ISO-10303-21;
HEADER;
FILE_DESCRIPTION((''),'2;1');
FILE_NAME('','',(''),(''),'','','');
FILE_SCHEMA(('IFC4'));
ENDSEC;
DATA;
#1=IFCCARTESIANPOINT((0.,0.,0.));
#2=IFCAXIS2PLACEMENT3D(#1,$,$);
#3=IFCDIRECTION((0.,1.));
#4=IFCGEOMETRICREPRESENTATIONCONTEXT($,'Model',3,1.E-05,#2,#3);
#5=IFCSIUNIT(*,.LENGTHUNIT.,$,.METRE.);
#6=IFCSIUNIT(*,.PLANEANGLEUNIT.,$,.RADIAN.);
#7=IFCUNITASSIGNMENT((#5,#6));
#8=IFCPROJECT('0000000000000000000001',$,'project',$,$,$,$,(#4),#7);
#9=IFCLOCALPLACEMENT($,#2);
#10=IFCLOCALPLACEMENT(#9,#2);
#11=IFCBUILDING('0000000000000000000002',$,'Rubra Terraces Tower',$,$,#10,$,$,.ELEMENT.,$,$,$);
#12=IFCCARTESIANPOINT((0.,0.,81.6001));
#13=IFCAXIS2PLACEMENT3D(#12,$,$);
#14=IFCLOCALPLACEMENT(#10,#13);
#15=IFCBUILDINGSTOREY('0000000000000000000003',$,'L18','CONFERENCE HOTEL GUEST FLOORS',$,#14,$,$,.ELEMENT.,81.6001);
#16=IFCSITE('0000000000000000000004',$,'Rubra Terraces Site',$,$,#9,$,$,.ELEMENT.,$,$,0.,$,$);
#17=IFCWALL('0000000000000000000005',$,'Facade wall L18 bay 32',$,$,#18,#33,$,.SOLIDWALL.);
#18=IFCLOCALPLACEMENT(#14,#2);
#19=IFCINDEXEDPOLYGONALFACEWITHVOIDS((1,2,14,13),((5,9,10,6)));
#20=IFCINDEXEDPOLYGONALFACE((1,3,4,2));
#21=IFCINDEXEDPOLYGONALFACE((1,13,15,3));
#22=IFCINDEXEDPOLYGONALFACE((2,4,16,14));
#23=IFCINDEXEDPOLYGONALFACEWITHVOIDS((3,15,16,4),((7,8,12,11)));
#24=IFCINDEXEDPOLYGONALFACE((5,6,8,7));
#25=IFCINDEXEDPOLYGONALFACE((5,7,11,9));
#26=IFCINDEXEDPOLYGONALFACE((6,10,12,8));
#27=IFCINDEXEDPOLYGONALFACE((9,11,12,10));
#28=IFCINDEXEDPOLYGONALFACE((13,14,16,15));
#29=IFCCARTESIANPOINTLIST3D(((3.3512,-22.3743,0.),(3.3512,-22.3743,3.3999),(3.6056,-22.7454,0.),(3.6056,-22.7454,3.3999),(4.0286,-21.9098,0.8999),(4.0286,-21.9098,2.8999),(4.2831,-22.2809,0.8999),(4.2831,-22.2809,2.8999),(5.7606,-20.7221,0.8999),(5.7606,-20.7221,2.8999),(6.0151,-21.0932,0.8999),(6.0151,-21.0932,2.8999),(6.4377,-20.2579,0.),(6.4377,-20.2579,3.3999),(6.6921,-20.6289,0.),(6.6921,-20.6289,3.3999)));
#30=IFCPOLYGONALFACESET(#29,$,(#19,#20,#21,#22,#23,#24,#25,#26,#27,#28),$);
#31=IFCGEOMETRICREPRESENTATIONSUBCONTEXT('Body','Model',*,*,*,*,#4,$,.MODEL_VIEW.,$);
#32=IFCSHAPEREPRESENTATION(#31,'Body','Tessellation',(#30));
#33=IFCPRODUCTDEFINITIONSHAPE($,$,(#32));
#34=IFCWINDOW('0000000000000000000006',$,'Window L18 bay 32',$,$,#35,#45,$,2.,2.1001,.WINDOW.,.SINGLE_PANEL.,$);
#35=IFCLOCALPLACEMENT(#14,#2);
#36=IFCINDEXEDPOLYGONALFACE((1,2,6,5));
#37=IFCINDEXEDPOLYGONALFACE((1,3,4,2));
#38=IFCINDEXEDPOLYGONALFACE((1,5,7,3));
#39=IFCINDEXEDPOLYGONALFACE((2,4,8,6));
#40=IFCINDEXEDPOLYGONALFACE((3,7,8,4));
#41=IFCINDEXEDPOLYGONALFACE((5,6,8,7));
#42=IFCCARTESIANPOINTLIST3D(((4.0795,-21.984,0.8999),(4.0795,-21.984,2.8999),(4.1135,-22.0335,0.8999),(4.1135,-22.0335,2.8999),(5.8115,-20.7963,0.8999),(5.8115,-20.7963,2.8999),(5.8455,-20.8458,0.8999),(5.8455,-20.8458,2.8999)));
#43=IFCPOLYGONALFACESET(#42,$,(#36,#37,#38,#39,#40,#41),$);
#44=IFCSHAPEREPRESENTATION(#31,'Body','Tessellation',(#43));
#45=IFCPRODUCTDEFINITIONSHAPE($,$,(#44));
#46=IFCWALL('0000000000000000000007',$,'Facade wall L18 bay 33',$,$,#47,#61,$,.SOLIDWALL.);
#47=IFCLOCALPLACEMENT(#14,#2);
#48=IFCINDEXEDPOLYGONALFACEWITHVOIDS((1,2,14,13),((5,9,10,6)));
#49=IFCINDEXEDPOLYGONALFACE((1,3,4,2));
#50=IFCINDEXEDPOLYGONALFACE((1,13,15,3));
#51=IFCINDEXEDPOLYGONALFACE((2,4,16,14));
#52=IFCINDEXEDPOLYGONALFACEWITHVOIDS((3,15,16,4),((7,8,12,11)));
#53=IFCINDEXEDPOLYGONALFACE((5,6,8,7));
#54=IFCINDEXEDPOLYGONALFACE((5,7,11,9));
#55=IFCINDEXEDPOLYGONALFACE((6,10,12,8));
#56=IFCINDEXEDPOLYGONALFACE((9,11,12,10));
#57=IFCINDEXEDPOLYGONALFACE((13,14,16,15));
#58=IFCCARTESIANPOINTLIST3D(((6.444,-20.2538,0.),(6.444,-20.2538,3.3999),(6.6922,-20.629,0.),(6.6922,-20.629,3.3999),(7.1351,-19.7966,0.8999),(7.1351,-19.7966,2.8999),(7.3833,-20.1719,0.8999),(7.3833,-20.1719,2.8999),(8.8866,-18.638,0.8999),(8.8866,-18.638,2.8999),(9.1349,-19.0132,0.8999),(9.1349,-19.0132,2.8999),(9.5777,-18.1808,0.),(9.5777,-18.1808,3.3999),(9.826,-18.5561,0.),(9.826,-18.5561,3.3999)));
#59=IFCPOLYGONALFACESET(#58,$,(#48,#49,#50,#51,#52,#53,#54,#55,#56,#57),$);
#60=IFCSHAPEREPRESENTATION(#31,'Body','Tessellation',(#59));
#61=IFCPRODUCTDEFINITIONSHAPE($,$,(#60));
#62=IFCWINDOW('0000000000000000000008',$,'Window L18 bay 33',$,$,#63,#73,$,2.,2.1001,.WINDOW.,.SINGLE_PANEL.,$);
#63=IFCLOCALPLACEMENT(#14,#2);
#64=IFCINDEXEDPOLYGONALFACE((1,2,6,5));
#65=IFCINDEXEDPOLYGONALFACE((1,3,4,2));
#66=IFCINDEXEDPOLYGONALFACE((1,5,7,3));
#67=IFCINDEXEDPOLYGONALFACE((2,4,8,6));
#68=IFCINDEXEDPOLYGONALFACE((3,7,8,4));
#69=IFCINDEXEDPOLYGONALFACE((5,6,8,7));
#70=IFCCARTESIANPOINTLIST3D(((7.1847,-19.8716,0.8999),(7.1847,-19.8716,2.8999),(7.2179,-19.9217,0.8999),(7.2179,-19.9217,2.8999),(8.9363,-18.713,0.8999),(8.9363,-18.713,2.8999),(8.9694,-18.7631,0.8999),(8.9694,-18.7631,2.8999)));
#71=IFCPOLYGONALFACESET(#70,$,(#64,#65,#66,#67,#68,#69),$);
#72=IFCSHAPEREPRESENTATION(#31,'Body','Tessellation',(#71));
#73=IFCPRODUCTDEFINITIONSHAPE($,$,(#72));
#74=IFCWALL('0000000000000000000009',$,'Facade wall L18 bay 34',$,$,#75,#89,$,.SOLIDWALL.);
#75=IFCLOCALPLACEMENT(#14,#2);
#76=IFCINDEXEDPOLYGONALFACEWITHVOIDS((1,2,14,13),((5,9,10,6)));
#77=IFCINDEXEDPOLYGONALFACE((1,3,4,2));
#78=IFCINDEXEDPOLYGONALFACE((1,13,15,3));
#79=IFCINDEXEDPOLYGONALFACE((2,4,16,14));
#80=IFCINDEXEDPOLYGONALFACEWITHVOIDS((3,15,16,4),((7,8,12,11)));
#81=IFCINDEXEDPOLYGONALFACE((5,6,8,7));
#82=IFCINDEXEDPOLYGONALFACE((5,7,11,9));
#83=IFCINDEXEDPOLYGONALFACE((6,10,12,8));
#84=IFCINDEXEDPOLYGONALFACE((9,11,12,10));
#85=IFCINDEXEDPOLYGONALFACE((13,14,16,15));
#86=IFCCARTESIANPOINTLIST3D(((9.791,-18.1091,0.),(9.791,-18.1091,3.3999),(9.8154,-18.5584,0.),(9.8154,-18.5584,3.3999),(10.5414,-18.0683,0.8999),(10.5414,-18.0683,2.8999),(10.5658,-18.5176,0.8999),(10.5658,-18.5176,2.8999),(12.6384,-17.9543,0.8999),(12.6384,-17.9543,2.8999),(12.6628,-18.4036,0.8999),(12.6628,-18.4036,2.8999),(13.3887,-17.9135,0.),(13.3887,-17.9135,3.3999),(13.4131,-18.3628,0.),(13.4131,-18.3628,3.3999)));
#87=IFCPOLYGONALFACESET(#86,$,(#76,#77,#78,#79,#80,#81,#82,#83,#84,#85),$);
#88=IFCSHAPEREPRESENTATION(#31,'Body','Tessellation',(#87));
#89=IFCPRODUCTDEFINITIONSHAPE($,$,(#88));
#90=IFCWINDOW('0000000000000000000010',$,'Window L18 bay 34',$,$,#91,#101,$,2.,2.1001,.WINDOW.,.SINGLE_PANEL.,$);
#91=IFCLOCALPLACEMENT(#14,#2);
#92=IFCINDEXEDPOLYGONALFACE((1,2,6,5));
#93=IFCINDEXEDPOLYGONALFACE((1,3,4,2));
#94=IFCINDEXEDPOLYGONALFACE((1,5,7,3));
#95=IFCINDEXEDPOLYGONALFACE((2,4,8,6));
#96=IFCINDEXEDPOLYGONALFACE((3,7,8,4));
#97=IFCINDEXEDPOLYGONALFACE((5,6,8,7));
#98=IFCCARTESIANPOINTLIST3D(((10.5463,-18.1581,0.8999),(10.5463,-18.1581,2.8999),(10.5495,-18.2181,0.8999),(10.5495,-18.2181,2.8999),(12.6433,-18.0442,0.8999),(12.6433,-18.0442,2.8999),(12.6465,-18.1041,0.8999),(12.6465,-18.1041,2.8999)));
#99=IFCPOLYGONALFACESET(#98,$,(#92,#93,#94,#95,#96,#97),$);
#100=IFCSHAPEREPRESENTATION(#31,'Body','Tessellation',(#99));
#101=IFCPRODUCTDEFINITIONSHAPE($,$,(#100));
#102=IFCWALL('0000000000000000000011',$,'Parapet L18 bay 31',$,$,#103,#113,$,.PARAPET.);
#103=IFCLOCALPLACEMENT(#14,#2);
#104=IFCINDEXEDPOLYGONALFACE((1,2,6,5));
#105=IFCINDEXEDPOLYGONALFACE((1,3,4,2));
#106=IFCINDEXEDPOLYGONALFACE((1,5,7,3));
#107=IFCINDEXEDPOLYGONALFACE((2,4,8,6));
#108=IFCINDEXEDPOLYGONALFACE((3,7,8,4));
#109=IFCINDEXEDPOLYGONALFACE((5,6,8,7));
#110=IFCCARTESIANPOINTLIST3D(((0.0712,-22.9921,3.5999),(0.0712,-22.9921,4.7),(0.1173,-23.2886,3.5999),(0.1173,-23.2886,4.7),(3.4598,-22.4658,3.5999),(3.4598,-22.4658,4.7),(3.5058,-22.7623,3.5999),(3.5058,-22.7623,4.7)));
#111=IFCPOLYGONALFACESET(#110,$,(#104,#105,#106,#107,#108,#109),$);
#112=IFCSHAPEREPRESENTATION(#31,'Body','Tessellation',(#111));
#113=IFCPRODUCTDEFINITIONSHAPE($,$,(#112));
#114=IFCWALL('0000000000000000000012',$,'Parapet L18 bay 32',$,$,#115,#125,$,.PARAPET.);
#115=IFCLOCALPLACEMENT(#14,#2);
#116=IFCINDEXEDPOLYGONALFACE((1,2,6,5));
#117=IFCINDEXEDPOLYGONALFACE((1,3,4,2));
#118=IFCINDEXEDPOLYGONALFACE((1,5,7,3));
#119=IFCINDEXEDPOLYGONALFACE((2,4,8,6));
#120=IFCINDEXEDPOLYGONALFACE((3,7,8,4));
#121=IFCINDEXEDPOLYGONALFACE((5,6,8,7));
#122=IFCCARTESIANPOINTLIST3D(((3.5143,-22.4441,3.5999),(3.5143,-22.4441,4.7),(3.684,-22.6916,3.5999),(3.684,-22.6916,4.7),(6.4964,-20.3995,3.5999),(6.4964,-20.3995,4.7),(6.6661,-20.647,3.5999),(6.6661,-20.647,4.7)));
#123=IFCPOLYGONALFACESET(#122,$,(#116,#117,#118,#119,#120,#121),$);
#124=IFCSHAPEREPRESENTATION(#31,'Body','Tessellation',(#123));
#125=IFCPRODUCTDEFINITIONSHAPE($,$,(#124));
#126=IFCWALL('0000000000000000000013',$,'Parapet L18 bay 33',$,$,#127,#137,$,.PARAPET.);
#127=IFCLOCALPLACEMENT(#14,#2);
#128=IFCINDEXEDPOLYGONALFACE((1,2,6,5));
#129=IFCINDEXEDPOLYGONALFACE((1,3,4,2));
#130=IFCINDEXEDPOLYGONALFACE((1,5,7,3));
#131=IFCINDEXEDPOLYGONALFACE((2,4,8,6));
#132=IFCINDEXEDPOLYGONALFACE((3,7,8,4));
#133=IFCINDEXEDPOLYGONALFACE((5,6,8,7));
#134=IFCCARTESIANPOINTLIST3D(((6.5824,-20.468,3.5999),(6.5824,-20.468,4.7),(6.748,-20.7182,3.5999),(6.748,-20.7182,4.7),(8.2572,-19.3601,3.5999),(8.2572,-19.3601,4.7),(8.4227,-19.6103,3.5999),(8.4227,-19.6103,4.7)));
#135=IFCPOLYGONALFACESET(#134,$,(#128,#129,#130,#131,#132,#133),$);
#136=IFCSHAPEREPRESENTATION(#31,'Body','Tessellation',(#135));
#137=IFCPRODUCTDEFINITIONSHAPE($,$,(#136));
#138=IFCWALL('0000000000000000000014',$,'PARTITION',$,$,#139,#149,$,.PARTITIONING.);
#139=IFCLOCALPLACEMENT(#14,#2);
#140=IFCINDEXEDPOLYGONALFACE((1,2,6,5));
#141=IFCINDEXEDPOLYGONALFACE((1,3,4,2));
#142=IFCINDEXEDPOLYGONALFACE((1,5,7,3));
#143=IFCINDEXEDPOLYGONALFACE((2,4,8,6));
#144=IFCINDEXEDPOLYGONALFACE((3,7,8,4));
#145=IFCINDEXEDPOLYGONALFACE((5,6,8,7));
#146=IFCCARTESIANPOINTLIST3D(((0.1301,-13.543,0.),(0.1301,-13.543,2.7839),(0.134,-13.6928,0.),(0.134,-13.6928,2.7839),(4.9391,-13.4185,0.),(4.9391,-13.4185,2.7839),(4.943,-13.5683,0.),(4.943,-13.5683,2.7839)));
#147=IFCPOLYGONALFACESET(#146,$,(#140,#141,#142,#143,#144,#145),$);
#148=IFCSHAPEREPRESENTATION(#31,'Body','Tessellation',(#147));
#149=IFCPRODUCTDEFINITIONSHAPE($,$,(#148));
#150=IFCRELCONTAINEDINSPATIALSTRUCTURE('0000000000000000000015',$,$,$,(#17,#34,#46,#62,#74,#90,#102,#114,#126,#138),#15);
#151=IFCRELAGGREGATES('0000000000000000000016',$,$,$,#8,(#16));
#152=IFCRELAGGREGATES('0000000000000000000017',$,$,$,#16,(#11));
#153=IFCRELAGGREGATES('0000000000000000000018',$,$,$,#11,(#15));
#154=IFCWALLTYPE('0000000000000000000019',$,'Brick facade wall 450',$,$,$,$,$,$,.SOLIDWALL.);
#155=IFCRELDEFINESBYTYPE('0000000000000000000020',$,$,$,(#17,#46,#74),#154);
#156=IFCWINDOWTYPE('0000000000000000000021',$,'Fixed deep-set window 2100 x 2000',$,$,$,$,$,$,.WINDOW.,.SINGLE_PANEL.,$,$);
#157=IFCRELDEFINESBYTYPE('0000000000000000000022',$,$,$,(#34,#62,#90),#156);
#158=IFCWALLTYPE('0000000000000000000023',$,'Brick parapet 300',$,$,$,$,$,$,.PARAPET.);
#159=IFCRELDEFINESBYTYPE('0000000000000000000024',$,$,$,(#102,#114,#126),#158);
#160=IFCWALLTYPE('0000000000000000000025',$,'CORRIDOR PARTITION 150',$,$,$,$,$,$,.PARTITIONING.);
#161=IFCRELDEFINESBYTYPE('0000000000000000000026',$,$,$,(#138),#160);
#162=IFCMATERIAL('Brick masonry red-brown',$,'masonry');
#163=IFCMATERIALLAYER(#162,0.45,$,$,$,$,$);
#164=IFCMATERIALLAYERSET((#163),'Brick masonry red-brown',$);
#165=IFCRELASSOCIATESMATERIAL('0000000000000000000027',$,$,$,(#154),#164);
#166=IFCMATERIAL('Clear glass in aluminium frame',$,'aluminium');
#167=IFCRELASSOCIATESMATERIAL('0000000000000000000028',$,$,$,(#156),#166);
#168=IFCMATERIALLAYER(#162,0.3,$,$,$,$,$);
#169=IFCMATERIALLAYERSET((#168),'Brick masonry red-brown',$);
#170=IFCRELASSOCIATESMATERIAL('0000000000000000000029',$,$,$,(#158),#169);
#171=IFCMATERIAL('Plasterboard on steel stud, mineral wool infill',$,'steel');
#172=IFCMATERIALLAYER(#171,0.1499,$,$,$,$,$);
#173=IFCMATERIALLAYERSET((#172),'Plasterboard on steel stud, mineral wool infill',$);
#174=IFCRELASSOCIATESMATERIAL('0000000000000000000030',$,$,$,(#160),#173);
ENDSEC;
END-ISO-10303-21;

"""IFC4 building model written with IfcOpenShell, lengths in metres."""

from ifc_helpers import new_model, si_unit, direction, frame, frame_2d, origin, place, context, subcontext, project, spatial, rectangle, extrude, material, layer, layer_set, type_object, element, fill, save


model = new_model("IFC4")

# Units and contexts
model_context = context("Model", 3, precision=1e-05, world=origin(), true_north=direction((0.0, 1.0)))
body_context = subcontext(model_context, "Body", "Model", "MODEL_VIEW")
ifc_project = project(units=[si_unit("LENGTHUNIT", "METRE"), si_unit("PLANEANGLEUNIT", "RADIAN")], contexts=[model_context])

# Site, building, storey
site_placement = place(None, origin())
site = spatial("IfcSite", under=ifc_project, at=site_placement, Name="Rubra Terraces Site", CompositionType="ELEMENT", RefElevation=0.0)
building_placement = place(site_placement, origin())
building = spatial("IfcBuilding", under=site, at=building_placement, Name="Rubra Terraces Tower", CompositionType="ELEMENT")
storey_placement = place(building_placement, frame((0.0, 0.0, 81.6001)))
storey = spatial("IfcBuildingStorey", under=building, at=storey_placement, Name="L18", Description="CONFERENCE HOTEL GUEST FLOORS", CompositionType="ELEMENT", Elevation=81.6001)

# Walls, openings, windows
ifc_material_1 = material(Name="Brick masonry red-brown", Category="masonry")
ifc_layer_1 = layer(ifc_material_1, 0.45)
ifc_layer_set_1 = layer_set([ifc_layer_1], Name="Brick masonry red-brown")
wall_type_1 = type_object("IfcWallType", Name="Brick facade wall 450", PredefinedType="SOLIDWALL", material=ifc_layer_set_1)
wall_1_placement = place(storey_placement, frame((3.4785, -22.5598, 0.0), z_axis=(0.0, 0.0, 1.0), x_axis=(0.824723, 0.565537, 0.0)))
wall_1 = element("IfcWall", 1, at=wall_1_placement, inside=storey, type_object=wall_type_1, Name="Facade wall L18 bay 32", PredefinedType="SOLIDWALL", context=body_context, shape_type="SweptSolid", body=[
    extrude(rectangle(XDim=3.7424, YDim=0.45, at=frame_2d((1.8711, 0.0))), origin(), (0.0, 0.0, 1.0), 3.3999),
])
opening_1_placement = place(wall_1_placement, frame((0.8213, 0.0, 0.8999)))
opening_1 = element("IfcOpeningElement", 2, at=opening_1_placement, cuts=wall_1, PredefinedType="OPENING", context=body_context, shape_type="SweptSolid", body=[
    extrude(rectangle(XDim=2.1001, YDim=2.0, at=frame_2d((1.05, 1.0))), frame((0.0, 0.2349, 0.0), z_axis=(0.0, -1.0, 0.0), x_axis=(1.0, 0.0, 0.0)), (0.0, 0.0, 1.0), 0.47),
])
ifc_material_2 = material(Name="Clear glass in aluminium frame", Category="aluminium")
window_type = type_object("IfcWindowType", Name="Fixed deep-set window 2100 x 2000", PartitioningType="SINGLE_PANEL", PredefinedType="WINDOW", material=ifc_material_2)
window_1_placement = place(opening_1_placement, origin())
window_1 = element("IfcWindow", 3, at=window_1_placement, inside=storey, type_object=window_type, Name="Window L18 bay 32", OverallHeight=2.0, OverallWidth=2.1001, PartitioningType="SINGLE_PANEL", PredefinedType="WINDOW", context=body_context, shape_type="SweptSolid", body=[
    extrude(rectangle(XDim=2.1001, YDim=2.0, at=frame_2d((1.05, 1.0))), frame((0.0, 0.135, 0.0), z_axis=(0.0, -1.0, 0.0), x_axis=(1.0, 0.0, 0.0)), (0.0, 0.0, 1.0), 0.0601),
])
fill(opening_1, window_1)
wall_2_placement = place(storey_placement, frame((6.5681, -20.4414, 0.0), z_axis=(0.0, 0.0, 1.0), x_axis=(0.834034, 0.551713, 0.0)))
wall_2 = element("IfcWall", 4, at=wall_2_placement, inside=storey, type_object=wall_type_1, Name="Facade wall L18 bay 33", PredefinedType="SOLIDWALL", context=body_context, shape_type="SweptSolid", body=[
    extrude(rectangle(XDim=3.7573, YDim=0.45, at=frame_2d((1.8787, 0.0))), origin(), (0.0, 0.0, 1.0), 3.3999),
])
opening_2_placement = place(wall_2_placement, frame((0.8286, 0.0, 0.8999)))
opening_2 = element("IfcOpeningElement", 5, at=opening_2_placement, cuts=wall_2, PredefinedType="OPENING", context=body_context, shape_type="SweptSolid", body=[
    extrude(rectangle(XDim=2.1001, YDim=2.0, at=frame_2d((1.05, 1.0))), frame((0.0, 0.2349, 0.0), z_axis=(0.0, -1.0, 0.0), x_axis=(1.0, 0.0, 0.0)), (0.0, 0.0, 1.0), 0.47),
])
window_2_placement = place(opening_2_placement, origin())
window_2 = element("IfcWindow", 6, at=window_2_placement, inside=storey, type_object=window_type, Name="Window L18 bay 33", OverallHeight=2.0, OverallWidth=2.1001, PartitioningType="SINGLE_PANEL", PredefinedType="WINDOW", context=body_context, shape_type="SweptSolid", body=[
    extrude(rectangle(XDim=2.1001, YDim=2.0, at=frame_2d((1.05, 1.0))), frame((0.0, 0.135, 0.0), z_axis=(0.0, -1.0, 0.0), x_axis=(1.0, 0.0, 0.0)), (0.0, 0.0, 1.0), 0.0601),
])
fill(opening_2, window_2)
wall_3_placement = place(storey_placement, frame((9.8032, -18.3337, 0.0), z_axis=(0.0, 0.0, 1.0), x_axis=(0.998526, 0.054277, 0.0)))
wall_3 = element("IfcWall", 7, at=wall_3_placement, inside=storey, type_object=wall_type_1, Name="Facade wall L18 bay 34", PredefinedType="SOLIDWALL", context=body_context, shape_type="SweptSolid", body=[
    extrude(rectangle(XDim=3.603, YDim=0.45, at=frame_2d((1.8015, 0.0))), origin(), (0.0, 0.0, 1.0), 3.3999),
])
opening_3_placement = place(wall_3_placement, frame((0.7515, 0.0, 0.8999)))
opening_3 = element("IfcOpeningElement", 8, at=opening_3_placement, cuts=wall_3, PredefinedType="OPENING", context=body_context, shape_type="SweptSolid", body=[
    extrude(rectangle(XDim=2.1001, YDim=2.0, at=frame_2d((1.05, 1.0))), frame((0.0, 0.2349, 0.0), z_axis=(0.0, -1.0, 0.0), x_axis=(1.0, 0.0, 0.0)), (0.0, 0.0, 1.0), 0.47),
])
window_3_placement = place(opening_3_placement, origin())
window_3 = element("IfcWindow", 9, at=window_3_placement, inside=storey, type_object=window_type, Name="Window L18 bay 34", OverallHeight=2.0, OverallWidth=2.1001, PartitioningType="SINGLE_PANEL", PredefinedType="WINDOW", context=body_context, shape_type="SweptSolid", body=[
    extrude(rectangle(XDim=2.1001, YDim=2.0, at=frame_2d((1.05, 1.0))), frame((0.0, 0.135, 0.0), z_axis=(0.0, -1.0, 0.0), x_axis=(1.0, 0.0, 0.0)), (0.0, 0.0, 1.0), 0.0601),
])
fill(opening_3, window_3)

# Walls
ifc_layer_2 = layer(ifc_material_1, 0.3)
ifc_layer_set_2 = layer_set([ifc_layer_2], Name="Brick masonry red-brown")
wall_type_2 = type_object("IfcWallType", Name="Brick parapet 300", PredefinedType="PARAPET", material=ifc_layer_set_2)
wall_4_placement = place(storey_placement, frame((0.0942, -23.1404, 3.5999), z_axis=(0.0, 0.0, 1.0), x_axis=(0.98815, 0.153491, 0.0)))
element("IfcWall", 10, at=wall_4_placement, inside=storey, type_object=wall_type_2, Name="Parapet L18 bay 31", PredefinedType="PARAPET", context=body_context, shape_type="SweptSolid", body=[
    extrude(rectangle(XDim=3.4292, YDim=0.3, at=frame_2d((1.7146, 0.0))), origin(), (0.0, 0.0, 1.0), 1.1001),
])
wall_5_placement = place(storey_placement, frame((3.5991, -22.5679, 3.5999), z_axis=(0.0, 0.0, 1.0), x_axis=(0.82476, 0.565482, 0.0)))
element("IfcWall", 11, at=wall_5_placement, inside=storey, type_object=wall_type_2, Name="Parapet L18 bay 32", PredefinedType="PARAPET", context=body_context, shape_type="SweptSolid", body=[
    extrude(rectangle(XDim=3.6157, YDim=0.3, at=frame_2d((1.8079, 0.0))), origin(), (0.0, 0.0, 1.0), 1.1001),
])
wall_6_placement = place(storey_placement, frame((6.6653, -20.593, 3.5999), z_axis=(0.0, 0.0, 1.0), x_axis=(0.834028, 0.551723, 0.0)))
element("IfcWall", 12, at=wall_6_placement, inside=storey, type_object=wall_type_2, Name="Parapet L18 bay 33", PredefinedType="PARAPET", context=body_context, shape_type="SweptSolid", body=[
    extrude(rectangle(XDim=2.0081, YDim=0.3, at=frame_2d((1.0039, 0.0))), origin(), (0.0, 0.0, 1.0), 1.1001),
])
ifc_material_3 = material(Name="Plasterboard on steel stud, mineral wool infill", Category="steel")
ifc_layer_3 = layer(ifc_material_3, 0.1499)
ifc_layer_set_3 = layer_set([ifc_layer_3], Name="Plasterboard on steel stud, mineral wool infill")
wall_type_3 = type_object("IfcWallType", Name="CORRIDOR PARTITION 150", PredefinedType="PARTITIONING", material=ifc_layer_set_3)
wall_7_placement = place(storey_placement, frame((0.1321, -13.6179, 0.0), z_axis=(0.0, 0.0, 1.0), x_axis=(0.999665, 0.025884, 0.0)))
element("IfcWall", 13, at=wall_7_placement, inside=storey, type_object=wall_type_3, Name="PARTITION", PredefinedType="PARTITIONING", context=body_context, shape_type="SweptSolid", body=[
    extrude(rectangle(XDim=4.8105, YDim=0.1499, at=frame_2d((2.4053, 0.0))), origin(), (0.0, 0.0, 1.0), 2.7839),
])

save(model, "model.ifc")
